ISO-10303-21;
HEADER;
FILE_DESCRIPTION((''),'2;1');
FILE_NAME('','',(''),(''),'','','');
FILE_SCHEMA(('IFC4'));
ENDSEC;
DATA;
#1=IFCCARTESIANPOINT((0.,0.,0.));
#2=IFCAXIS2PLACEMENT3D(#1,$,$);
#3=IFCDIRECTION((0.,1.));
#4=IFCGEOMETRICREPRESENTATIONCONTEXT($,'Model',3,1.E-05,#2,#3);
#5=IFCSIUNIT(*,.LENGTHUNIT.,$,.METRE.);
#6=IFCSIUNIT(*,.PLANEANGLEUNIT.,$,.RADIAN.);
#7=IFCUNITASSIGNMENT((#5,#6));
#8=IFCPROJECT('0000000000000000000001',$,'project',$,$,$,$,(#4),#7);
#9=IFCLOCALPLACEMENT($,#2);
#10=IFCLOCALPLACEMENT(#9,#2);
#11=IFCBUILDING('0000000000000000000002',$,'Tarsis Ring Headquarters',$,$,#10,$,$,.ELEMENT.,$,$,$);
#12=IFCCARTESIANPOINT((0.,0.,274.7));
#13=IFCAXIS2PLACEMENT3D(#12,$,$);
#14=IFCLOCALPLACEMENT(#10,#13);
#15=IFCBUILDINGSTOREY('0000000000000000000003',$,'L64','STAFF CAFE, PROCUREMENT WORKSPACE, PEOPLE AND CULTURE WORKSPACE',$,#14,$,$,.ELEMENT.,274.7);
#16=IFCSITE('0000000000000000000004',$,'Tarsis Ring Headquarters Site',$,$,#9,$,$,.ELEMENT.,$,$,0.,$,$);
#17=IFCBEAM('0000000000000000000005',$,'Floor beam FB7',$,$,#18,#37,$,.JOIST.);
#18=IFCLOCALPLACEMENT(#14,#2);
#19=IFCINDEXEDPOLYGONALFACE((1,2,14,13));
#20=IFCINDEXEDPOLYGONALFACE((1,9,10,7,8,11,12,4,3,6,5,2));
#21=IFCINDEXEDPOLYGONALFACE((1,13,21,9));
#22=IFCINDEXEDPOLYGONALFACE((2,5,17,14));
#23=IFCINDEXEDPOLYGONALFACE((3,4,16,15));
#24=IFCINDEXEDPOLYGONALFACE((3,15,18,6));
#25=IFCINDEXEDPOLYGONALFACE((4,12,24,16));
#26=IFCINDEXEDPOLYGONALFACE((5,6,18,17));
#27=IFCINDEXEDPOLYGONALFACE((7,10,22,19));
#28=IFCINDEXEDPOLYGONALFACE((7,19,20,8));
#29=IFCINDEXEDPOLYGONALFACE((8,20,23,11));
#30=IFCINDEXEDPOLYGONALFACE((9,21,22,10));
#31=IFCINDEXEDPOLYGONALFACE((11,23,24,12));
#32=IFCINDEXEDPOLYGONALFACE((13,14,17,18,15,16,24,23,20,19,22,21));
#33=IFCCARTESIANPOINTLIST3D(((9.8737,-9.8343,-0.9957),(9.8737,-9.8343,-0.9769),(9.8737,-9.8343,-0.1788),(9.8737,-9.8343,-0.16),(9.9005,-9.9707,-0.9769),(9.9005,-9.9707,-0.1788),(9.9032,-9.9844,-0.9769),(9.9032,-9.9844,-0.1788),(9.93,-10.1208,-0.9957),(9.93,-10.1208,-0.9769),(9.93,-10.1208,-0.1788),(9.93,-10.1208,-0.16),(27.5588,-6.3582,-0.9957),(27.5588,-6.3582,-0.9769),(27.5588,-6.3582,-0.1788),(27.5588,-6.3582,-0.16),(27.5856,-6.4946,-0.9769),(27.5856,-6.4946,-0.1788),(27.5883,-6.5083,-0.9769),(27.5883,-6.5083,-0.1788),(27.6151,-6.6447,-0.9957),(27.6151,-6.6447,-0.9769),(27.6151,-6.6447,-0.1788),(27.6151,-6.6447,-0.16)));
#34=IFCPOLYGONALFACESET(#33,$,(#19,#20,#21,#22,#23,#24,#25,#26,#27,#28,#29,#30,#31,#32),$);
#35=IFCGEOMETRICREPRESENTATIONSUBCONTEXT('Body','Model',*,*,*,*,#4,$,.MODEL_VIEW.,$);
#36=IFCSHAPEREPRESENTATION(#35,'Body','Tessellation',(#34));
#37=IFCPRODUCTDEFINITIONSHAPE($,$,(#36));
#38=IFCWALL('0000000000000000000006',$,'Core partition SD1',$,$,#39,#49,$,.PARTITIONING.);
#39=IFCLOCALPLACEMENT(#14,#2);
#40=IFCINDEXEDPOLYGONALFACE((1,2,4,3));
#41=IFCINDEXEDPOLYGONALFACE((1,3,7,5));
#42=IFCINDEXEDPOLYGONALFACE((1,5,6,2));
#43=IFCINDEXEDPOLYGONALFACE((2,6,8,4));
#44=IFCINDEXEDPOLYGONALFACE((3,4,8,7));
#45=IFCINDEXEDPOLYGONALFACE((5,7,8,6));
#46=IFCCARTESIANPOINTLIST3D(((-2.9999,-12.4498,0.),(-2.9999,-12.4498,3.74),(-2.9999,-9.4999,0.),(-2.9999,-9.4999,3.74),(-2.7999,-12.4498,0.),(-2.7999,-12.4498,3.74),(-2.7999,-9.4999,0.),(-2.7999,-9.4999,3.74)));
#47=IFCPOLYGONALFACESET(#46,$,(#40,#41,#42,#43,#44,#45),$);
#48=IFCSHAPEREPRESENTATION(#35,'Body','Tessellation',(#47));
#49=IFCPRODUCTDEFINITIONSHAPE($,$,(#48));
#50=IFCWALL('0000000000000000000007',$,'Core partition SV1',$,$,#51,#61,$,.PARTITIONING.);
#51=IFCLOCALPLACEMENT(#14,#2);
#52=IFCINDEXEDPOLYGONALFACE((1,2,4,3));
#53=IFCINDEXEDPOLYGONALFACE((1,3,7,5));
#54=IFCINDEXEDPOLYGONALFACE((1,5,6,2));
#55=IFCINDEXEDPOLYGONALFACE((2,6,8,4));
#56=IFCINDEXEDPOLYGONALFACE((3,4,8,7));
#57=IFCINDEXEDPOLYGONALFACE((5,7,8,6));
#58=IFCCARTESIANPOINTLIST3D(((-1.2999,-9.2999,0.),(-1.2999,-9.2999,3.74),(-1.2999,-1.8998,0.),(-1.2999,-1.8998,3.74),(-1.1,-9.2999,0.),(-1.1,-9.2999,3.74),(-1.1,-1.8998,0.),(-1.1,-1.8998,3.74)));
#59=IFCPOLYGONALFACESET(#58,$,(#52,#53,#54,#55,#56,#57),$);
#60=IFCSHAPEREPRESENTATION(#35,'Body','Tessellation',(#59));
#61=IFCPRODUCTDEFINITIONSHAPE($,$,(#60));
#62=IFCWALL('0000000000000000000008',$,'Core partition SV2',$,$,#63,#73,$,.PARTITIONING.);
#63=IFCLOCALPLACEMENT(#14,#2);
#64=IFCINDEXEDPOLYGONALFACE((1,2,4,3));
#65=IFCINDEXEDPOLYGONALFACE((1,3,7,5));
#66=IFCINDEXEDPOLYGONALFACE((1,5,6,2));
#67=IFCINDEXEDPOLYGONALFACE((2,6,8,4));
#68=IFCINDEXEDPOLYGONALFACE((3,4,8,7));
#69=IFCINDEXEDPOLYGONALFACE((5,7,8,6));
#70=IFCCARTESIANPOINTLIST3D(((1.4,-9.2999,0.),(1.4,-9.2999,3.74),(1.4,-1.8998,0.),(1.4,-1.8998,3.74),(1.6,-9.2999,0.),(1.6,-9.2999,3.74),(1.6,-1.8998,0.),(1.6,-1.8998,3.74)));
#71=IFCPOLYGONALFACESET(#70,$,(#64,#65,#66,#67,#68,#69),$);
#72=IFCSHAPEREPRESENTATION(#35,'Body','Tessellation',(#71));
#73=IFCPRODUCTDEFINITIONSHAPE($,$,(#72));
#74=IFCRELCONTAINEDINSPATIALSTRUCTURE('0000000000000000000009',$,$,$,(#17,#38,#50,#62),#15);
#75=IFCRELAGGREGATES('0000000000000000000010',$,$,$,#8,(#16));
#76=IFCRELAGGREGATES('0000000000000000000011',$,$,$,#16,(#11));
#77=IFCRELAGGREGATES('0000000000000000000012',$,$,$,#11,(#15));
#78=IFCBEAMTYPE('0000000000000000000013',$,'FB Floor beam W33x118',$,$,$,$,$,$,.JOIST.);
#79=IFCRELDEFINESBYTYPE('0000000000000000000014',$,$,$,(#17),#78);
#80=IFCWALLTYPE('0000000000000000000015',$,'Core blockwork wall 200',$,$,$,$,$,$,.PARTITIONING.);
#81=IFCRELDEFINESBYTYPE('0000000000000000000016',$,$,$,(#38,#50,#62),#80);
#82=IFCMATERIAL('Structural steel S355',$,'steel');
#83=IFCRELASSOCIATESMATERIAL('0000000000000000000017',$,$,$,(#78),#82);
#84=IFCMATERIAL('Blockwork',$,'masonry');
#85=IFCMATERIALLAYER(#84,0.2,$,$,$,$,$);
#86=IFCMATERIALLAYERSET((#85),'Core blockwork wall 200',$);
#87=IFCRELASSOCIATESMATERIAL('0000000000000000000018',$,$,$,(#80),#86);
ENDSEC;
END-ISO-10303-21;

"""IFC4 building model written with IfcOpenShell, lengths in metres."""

from ifc_helpers import new_model, si_unit, direction, frame, frame_2d, origin, origin_2d, place, context, subcontext, project, spatial, rectangle, i_section, extrude, material, layer, layer_set, material_profile, profile_set, type_object, element, save


model = new_model("IFC4")

# Units and contexts
model_context = context("Model", 3, precision=1e-05, world=origin(), true_north=direction((0.0, 1.0)))
body_context = subcontext(model_context, "Body", "Model", "MODEL_VIEW")
ifc_project = project(units=[si_unit("LENGTHUNIT", "METRE"), si_unit("PLANEANGLEUNIT", "RADIAN")], contexts=[model_context])

# Site, building, storey
site_placement = place(None, origin())
site = spatial("IfcSite", under=ifc_project, at=site_placement, Name="Tarsis Ring Headquarters Site", CompositionType="ELEMENT", RefElevation=0.0)
building_placement = place(site_placement, origin())
building = spatial("IfcBuilding", under=site, at=building_placement, Name="Tarsis Ring Headquarters", CompositionType="ELEMENT")
storey_placement = place(building_placement, frame((0.0, 0.0, 274.7)))
storey = spatial("IfcBuildingStorey", under=building, at=storey_placement, Name="L64", Description="STAFF CAFE, PROCUREMENT WORKSPACE, PEOPLE AND CULTURE WORKSPACE", CompositionType="ELEMENT", Elevation=274.7)

# Beam
ifc_material_1 = material(Name="Structural steel S355", Category="steel")
ifc_material_profile = material_profile(ifc_material_1, i_section(OverallWidth=0.292, OverallDepth=0.8357, WebThickness=0.0139, FlangeThickness=0.0188, at=origin_2d()), Name="W33x118")
ifc_profile_set = profile_set([ifc_material_profile], Name="Structural steel S355")
beam_type = type_object("IfcBeamType", Name="FB Floor beam W33x118", PredefinedType="JOIST", material=ifc_profile_set)
beam_placement = place(storey_placement, frame((9.9019, -9.9775, -0.5779), z_axis=(0.981225, 0.192864, 0.0), x_axis=(-0.192864, 0.981225, 0.0)))
element("IfcBeam", 1, at=beam_placement, inside=storey, type_object=beam_type, Name="Floor beam FB7", PredefinedType="JOIST", context=body_context, shape_type="SweptSolid", body=[
    extrude(i_section(OverallWidth=0.292, OverallDepth=0.8357, WebThickness=0.0139, FlangeThickness=0.0188, at=origin_2d()), origin(), (0.0, 0.0, 1.0), 18.0234),
])

# Walls
ifc_material_2 = material(Name="Blockwork", Category="masonry")
ifc_layer_1 = layer(ifc_material_2, 0.2)
ifc_layer_set_1 = layer_set([ifc_layer_1], Name="Core blockwork wall 200")
wall_type_1 = type_object("IfcWallType", Name="Core blockwork wall 200", PredefinedType="PARTITIONING", material=ifc_layer_set_1)
wall_1_placement = place(storey_placement, frame((-2.8999, -12.45, 0.0), z_axis=(0.0, 0.0, 1.0), x_axis=(0.0, 1.0, 0.0)))
element("IfcWall", 2, at=wall_1_placement, inside=storey, type_object=wall_type_1, Name="Core partition SD1", PredefinedType="PARTITIONING", context=body_context, shape_type="SweptSolid", body=[
    extrude(rectangle(XDim=2.95, YDim=0.2, at=frame_2d((1.4751, 0.0))), origin(), (0.0, 0.0, 1.0), 3.74),
])
for number, where, z_axis, x_axis, name in (
    (3, (-1.2, -9.3, 0.0), (0.0, 0.0, 1.0), (0.0, 1.0, 0.0), "Core partition SV1"),
    (4, (1.5, -9.3, 0.0), (0.0, 0.0, 1.0), (0.0, 1.0, 0.0), "Core partition SV2"),
):
    element("IfcWall", number, at=place(storey_placement, frame(where, z_axis=z_axis, x_axis=x_axis)), inside=storey, type_object=wall_type_1, Name=name, PredefinedType="PARTITIONING", context=body_context, shape_type="SweptSolid", body=[
        extrude(rectangle(XDim=7.4001, YDim=0.2, at=frame_2d((3.7002, 0.0))), origin(), (0.0, 0.0, 1.0), 3.74),
    ])

save(model, "model.ifc")
